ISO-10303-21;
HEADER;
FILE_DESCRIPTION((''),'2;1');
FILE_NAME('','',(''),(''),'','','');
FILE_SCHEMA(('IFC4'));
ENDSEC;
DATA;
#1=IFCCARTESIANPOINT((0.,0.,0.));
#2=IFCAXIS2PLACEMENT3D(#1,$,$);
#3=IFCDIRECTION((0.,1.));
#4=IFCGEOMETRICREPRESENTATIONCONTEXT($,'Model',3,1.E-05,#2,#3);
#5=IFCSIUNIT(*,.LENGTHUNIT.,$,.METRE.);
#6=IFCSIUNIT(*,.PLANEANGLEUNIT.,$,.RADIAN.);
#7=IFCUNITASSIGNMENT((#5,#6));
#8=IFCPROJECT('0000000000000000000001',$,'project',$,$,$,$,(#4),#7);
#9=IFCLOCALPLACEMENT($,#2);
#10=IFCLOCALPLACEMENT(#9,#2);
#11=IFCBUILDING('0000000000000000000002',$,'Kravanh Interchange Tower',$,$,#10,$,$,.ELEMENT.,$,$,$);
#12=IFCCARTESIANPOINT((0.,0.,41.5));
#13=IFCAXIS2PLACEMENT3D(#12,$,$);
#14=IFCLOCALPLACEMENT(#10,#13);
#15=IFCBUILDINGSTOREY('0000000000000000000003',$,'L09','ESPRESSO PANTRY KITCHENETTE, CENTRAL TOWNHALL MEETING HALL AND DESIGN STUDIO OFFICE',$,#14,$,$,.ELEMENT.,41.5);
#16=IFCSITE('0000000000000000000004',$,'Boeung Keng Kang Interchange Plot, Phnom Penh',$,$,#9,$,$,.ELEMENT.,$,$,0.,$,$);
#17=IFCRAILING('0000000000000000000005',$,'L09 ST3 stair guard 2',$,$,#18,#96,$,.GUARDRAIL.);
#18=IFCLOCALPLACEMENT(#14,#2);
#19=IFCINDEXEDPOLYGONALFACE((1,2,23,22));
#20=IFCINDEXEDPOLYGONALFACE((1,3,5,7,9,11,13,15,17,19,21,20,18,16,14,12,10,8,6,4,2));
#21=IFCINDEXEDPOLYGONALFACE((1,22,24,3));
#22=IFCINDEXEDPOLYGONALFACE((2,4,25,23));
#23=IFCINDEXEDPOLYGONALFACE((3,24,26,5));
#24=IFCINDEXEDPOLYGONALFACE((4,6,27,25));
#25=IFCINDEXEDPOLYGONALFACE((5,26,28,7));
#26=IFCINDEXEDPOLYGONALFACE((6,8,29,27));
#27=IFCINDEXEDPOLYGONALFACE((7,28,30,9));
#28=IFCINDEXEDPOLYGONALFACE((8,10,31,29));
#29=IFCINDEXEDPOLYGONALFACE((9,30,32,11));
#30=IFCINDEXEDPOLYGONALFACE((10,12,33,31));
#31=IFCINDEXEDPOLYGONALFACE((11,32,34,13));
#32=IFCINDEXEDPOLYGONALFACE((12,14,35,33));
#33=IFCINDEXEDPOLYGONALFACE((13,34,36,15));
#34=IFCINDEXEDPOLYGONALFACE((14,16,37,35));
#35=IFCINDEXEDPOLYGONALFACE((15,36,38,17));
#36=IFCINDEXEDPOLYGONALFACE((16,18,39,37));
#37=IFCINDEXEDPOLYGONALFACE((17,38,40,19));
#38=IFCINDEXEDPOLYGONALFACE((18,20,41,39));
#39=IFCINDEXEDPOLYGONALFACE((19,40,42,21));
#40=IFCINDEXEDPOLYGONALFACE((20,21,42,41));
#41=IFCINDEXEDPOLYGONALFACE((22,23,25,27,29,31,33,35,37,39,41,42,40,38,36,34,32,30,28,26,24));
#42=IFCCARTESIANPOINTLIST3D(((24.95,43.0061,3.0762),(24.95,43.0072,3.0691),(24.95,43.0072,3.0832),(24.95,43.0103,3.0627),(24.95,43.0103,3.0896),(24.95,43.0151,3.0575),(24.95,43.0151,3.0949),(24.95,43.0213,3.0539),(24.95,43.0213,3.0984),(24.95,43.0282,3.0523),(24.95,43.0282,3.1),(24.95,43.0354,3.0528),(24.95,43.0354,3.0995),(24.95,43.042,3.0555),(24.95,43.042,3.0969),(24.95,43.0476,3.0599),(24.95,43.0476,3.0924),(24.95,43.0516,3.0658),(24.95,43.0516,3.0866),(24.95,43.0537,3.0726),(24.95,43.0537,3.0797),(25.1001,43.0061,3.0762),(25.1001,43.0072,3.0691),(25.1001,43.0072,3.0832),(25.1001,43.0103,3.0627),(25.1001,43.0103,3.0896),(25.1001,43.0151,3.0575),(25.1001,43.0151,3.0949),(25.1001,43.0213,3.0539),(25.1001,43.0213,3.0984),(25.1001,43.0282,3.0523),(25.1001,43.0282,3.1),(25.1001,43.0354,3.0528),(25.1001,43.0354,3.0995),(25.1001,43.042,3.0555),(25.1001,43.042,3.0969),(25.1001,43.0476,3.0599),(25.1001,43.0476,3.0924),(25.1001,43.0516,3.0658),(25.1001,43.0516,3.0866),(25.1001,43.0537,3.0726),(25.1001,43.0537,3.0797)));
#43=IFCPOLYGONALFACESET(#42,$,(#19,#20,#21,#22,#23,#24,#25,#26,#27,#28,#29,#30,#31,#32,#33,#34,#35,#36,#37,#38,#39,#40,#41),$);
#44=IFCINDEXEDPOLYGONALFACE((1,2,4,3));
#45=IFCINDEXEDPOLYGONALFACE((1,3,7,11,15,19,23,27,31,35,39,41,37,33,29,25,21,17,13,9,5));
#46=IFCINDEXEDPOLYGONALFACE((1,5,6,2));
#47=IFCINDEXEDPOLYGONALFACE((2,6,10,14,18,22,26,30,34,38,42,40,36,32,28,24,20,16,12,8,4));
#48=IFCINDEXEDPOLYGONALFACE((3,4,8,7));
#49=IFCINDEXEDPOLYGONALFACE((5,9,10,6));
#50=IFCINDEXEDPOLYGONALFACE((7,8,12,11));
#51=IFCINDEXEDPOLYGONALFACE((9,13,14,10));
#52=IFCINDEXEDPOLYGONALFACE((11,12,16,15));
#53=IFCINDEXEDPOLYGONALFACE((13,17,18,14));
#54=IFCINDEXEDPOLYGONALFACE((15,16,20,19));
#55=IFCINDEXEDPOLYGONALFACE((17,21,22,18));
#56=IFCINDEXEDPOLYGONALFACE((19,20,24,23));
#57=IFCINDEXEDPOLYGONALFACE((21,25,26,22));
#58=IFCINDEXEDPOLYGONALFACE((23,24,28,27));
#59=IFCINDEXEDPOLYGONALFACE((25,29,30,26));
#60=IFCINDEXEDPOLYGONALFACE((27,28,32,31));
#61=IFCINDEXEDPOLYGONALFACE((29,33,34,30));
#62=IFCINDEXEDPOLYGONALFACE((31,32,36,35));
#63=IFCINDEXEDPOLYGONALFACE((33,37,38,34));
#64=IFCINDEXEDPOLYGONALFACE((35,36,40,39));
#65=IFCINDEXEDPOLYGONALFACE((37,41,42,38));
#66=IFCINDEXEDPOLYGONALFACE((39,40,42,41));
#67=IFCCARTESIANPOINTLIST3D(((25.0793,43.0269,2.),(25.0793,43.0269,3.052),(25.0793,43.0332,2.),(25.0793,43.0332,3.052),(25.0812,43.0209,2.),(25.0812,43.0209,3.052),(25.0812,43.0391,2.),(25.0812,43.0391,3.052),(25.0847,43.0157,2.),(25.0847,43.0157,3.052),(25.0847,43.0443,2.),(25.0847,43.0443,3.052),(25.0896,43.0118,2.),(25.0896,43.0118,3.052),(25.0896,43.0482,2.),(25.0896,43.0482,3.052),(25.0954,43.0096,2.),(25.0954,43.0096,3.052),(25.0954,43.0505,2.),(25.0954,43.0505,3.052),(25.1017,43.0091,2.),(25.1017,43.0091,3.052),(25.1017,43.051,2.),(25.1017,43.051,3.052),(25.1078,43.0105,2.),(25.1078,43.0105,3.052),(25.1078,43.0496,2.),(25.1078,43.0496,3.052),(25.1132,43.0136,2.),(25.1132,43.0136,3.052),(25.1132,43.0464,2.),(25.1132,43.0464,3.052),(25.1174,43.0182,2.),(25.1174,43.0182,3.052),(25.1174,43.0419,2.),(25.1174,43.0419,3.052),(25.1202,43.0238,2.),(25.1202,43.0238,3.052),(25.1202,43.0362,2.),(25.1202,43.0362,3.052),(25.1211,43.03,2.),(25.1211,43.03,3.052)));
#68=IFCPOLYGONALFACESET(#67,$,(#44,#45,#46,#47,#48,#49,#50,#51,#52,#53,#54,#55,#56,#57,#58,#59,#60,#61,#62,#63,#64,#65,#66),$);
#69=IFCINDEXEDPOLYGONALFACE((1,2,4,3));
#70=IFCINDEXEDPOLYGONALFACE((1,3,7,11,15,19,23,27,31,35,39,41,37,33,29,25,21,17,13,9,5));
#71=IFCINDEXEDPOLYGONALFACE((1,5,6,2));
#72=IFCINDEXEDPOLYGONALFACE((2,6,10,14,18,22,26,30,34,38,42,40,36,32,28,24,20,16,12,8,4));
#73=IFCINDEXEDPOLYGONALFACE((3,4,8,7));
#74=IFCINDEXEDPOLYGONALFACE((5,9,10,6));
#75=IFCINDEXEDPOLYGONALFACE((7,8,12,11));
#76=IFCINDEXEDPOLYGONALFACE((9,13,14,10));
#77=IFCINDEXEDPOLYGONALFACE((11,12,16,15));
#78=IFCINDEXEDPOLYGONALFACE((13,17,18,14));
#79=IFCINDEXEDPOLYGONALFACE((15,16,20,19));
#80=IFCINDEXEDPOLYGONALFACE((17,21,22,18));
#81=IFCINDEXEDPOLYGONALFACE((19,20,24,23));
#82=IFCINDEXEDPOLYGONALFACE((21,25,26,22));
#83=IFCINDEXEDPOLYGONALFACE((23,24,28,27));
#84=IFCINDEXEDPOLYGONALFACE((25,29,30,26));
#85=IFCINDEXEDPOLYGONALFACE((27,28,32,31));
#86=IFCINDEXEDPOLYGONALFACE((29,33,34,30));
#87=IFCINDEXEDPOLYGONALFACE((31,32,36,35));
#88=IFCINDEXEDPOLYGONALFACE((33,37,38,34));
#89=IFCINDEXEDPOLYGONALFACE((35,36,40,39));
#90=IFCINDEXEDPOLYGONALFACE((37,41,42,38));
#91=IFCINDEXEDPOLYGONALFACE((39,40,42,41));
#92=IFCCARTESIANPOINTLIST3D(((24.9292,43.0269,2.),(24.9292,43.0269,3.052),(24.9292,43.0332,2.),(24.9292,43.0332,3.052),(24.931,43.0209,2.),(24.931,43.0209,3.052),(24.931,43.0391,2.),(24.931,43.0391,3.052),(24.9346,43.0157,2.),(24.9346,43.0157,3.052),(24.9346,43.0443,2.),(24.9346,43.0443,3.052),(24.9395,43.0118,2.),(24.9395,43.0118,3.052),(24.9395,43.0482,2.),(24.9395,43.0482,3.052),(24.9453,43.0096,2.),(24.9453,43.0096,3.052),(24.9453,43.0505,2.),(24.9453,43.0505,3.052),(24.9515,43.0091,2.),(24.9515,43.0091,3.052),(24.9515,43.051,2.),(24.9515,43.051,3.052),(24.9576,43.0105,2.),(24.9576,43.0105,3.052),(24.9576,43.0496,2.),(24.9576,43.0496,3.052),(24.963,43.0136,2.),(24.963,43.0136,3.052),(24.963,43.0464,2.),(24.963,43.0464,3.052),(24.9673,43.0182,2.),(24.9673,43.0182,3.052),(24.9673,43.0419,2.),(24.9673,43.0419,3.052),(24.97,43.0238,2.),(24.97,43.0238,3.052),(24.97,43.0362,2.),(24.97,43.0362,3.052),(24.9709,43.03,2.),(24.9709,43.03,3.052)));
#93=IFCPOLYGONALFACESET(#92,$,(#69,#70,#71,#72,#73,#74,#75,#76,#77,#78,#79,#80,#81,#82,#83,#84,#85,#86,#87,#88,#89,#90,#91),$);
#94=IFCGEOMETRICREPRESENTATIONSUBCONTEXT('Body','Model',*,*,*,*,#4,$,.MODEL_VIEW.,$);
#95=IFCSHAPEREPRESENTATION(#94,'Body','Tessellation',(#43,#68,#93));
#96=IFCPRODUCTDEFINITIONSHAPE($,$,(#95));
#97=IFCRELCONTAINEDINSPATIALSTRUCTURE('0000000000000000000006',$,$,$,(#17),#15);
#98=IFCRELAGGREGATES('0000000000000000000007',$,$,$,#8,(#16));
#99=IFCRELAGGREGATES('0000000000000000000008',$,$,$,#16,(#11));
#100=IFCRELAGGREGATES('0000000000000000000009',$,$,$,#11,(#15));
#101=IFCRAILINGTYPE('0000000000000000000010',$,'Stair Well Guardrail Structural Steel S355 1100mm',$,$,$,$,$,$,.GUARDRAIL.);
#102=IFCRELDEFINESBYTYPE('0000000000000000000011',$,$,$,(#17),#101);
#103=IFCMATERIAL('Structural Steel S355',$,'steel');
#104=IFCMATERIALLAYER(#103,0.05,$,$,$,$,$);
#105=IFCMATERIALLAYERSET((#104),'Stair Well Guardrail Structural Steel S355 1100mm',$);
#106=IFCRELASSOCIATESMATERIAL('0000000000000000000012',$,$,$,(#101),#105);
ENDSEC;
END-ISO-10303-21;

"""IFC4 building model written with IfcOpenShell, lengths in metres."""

from ifc_helpers import new_model, si_unit, direction, frame, origin, origin_2d, place, context, subcontext, project, spatial, circle, extrude, material, layer, layer_set, type_object, element, save


model = new_model("IFC4")

# Units and contexts
model_context = context("Model", 3, precision=1e-05, world=origin(), true_north=direction((0.0, 1.0)))
body_context = subcontext(model_context, "Body", "Model", "MODEL_VIEW")
ifc_project = project(units=[si_unit("LENGTHUNIT", "METRE"), si_unit("PLANEANGLEUNIT", "RADIAN")], contexts=[model_context])

# Site, building, storey
site_placement = place(None, origin())
site = spatial("IfcSite", under=ifc_project, at=site_placement, Name="Boeung Keng Kang Interchange Plot, Phnom Penh", CompositionType="ELEMENT", RefElevation=0.0)
building_placement = place(site_placement, origin())
building = spatial("IfcBuilding", under=site, at=building_placement, Name="Kravanh Interchange Tower", CompositionType="ELEMENT")
storey_placement = place(building_placement, frame((0.0, 0.0, 41.5)))
storey = spatial("IfcBuildingStorey", under=building, at=storey_placement, Name="L09", Description="ESPRESSO PANTRY KITCHENETTE, CENTRAL TOWNHALL MEETING HALL AND DESIGN STUDIO OFFICE", CompositionType="ELEMENT", Elevation=41.5)

# Railing
ifc_material_1 = material(Name="Structural Steel S355", Category="steel")
ifc_layer_1 = layer(ifc_material_1, 0.05)
ifc_layer_set_1 = layer_set([ifc_layer_1], Name="Stair Well Guardrail Structural Steel S355 1100mm")
railing_type_1 = type_object("IfcRailingType", Name="Stair Well Guardrail Structural Steel S355 1100mm", PredefinedType="GUARDRAIL", material=ifc_layer_set_1)
railing_1_placement = place(storey_placement, frame((25.1001, 43.03, 2.0)))
element("IfcRailing", 1, at=railing_1_placement, inside=storey, type_object=railing_type_1, Name="L09 ST3 stair guard 2", PredefinedType="GUARDRAIL", context=body_context, shape_type="SweptSolid", body=[
    extrude(circle(Radius=0.0239, at=origin_2d()), frame((0.0, 0.0, 1.0762), z_axis=(-1.0, 0.0, 0.0), x_axis=(0.0, -1.0, 0.0)), (0.0, 0.0, 1.0), 0.1501),
    extrude(circle(Radius=0.021, at=origin_2d()), origin(), (0.0, 0.0, 1.0), 1.052),
    extrude(circle(Radius=0.021, at=origin_2d()), frame((-0.1501, 0.0, 0.0)), (0.0, 0.0, 1.0), 1.052),
])

save(model, "model.ifc")
